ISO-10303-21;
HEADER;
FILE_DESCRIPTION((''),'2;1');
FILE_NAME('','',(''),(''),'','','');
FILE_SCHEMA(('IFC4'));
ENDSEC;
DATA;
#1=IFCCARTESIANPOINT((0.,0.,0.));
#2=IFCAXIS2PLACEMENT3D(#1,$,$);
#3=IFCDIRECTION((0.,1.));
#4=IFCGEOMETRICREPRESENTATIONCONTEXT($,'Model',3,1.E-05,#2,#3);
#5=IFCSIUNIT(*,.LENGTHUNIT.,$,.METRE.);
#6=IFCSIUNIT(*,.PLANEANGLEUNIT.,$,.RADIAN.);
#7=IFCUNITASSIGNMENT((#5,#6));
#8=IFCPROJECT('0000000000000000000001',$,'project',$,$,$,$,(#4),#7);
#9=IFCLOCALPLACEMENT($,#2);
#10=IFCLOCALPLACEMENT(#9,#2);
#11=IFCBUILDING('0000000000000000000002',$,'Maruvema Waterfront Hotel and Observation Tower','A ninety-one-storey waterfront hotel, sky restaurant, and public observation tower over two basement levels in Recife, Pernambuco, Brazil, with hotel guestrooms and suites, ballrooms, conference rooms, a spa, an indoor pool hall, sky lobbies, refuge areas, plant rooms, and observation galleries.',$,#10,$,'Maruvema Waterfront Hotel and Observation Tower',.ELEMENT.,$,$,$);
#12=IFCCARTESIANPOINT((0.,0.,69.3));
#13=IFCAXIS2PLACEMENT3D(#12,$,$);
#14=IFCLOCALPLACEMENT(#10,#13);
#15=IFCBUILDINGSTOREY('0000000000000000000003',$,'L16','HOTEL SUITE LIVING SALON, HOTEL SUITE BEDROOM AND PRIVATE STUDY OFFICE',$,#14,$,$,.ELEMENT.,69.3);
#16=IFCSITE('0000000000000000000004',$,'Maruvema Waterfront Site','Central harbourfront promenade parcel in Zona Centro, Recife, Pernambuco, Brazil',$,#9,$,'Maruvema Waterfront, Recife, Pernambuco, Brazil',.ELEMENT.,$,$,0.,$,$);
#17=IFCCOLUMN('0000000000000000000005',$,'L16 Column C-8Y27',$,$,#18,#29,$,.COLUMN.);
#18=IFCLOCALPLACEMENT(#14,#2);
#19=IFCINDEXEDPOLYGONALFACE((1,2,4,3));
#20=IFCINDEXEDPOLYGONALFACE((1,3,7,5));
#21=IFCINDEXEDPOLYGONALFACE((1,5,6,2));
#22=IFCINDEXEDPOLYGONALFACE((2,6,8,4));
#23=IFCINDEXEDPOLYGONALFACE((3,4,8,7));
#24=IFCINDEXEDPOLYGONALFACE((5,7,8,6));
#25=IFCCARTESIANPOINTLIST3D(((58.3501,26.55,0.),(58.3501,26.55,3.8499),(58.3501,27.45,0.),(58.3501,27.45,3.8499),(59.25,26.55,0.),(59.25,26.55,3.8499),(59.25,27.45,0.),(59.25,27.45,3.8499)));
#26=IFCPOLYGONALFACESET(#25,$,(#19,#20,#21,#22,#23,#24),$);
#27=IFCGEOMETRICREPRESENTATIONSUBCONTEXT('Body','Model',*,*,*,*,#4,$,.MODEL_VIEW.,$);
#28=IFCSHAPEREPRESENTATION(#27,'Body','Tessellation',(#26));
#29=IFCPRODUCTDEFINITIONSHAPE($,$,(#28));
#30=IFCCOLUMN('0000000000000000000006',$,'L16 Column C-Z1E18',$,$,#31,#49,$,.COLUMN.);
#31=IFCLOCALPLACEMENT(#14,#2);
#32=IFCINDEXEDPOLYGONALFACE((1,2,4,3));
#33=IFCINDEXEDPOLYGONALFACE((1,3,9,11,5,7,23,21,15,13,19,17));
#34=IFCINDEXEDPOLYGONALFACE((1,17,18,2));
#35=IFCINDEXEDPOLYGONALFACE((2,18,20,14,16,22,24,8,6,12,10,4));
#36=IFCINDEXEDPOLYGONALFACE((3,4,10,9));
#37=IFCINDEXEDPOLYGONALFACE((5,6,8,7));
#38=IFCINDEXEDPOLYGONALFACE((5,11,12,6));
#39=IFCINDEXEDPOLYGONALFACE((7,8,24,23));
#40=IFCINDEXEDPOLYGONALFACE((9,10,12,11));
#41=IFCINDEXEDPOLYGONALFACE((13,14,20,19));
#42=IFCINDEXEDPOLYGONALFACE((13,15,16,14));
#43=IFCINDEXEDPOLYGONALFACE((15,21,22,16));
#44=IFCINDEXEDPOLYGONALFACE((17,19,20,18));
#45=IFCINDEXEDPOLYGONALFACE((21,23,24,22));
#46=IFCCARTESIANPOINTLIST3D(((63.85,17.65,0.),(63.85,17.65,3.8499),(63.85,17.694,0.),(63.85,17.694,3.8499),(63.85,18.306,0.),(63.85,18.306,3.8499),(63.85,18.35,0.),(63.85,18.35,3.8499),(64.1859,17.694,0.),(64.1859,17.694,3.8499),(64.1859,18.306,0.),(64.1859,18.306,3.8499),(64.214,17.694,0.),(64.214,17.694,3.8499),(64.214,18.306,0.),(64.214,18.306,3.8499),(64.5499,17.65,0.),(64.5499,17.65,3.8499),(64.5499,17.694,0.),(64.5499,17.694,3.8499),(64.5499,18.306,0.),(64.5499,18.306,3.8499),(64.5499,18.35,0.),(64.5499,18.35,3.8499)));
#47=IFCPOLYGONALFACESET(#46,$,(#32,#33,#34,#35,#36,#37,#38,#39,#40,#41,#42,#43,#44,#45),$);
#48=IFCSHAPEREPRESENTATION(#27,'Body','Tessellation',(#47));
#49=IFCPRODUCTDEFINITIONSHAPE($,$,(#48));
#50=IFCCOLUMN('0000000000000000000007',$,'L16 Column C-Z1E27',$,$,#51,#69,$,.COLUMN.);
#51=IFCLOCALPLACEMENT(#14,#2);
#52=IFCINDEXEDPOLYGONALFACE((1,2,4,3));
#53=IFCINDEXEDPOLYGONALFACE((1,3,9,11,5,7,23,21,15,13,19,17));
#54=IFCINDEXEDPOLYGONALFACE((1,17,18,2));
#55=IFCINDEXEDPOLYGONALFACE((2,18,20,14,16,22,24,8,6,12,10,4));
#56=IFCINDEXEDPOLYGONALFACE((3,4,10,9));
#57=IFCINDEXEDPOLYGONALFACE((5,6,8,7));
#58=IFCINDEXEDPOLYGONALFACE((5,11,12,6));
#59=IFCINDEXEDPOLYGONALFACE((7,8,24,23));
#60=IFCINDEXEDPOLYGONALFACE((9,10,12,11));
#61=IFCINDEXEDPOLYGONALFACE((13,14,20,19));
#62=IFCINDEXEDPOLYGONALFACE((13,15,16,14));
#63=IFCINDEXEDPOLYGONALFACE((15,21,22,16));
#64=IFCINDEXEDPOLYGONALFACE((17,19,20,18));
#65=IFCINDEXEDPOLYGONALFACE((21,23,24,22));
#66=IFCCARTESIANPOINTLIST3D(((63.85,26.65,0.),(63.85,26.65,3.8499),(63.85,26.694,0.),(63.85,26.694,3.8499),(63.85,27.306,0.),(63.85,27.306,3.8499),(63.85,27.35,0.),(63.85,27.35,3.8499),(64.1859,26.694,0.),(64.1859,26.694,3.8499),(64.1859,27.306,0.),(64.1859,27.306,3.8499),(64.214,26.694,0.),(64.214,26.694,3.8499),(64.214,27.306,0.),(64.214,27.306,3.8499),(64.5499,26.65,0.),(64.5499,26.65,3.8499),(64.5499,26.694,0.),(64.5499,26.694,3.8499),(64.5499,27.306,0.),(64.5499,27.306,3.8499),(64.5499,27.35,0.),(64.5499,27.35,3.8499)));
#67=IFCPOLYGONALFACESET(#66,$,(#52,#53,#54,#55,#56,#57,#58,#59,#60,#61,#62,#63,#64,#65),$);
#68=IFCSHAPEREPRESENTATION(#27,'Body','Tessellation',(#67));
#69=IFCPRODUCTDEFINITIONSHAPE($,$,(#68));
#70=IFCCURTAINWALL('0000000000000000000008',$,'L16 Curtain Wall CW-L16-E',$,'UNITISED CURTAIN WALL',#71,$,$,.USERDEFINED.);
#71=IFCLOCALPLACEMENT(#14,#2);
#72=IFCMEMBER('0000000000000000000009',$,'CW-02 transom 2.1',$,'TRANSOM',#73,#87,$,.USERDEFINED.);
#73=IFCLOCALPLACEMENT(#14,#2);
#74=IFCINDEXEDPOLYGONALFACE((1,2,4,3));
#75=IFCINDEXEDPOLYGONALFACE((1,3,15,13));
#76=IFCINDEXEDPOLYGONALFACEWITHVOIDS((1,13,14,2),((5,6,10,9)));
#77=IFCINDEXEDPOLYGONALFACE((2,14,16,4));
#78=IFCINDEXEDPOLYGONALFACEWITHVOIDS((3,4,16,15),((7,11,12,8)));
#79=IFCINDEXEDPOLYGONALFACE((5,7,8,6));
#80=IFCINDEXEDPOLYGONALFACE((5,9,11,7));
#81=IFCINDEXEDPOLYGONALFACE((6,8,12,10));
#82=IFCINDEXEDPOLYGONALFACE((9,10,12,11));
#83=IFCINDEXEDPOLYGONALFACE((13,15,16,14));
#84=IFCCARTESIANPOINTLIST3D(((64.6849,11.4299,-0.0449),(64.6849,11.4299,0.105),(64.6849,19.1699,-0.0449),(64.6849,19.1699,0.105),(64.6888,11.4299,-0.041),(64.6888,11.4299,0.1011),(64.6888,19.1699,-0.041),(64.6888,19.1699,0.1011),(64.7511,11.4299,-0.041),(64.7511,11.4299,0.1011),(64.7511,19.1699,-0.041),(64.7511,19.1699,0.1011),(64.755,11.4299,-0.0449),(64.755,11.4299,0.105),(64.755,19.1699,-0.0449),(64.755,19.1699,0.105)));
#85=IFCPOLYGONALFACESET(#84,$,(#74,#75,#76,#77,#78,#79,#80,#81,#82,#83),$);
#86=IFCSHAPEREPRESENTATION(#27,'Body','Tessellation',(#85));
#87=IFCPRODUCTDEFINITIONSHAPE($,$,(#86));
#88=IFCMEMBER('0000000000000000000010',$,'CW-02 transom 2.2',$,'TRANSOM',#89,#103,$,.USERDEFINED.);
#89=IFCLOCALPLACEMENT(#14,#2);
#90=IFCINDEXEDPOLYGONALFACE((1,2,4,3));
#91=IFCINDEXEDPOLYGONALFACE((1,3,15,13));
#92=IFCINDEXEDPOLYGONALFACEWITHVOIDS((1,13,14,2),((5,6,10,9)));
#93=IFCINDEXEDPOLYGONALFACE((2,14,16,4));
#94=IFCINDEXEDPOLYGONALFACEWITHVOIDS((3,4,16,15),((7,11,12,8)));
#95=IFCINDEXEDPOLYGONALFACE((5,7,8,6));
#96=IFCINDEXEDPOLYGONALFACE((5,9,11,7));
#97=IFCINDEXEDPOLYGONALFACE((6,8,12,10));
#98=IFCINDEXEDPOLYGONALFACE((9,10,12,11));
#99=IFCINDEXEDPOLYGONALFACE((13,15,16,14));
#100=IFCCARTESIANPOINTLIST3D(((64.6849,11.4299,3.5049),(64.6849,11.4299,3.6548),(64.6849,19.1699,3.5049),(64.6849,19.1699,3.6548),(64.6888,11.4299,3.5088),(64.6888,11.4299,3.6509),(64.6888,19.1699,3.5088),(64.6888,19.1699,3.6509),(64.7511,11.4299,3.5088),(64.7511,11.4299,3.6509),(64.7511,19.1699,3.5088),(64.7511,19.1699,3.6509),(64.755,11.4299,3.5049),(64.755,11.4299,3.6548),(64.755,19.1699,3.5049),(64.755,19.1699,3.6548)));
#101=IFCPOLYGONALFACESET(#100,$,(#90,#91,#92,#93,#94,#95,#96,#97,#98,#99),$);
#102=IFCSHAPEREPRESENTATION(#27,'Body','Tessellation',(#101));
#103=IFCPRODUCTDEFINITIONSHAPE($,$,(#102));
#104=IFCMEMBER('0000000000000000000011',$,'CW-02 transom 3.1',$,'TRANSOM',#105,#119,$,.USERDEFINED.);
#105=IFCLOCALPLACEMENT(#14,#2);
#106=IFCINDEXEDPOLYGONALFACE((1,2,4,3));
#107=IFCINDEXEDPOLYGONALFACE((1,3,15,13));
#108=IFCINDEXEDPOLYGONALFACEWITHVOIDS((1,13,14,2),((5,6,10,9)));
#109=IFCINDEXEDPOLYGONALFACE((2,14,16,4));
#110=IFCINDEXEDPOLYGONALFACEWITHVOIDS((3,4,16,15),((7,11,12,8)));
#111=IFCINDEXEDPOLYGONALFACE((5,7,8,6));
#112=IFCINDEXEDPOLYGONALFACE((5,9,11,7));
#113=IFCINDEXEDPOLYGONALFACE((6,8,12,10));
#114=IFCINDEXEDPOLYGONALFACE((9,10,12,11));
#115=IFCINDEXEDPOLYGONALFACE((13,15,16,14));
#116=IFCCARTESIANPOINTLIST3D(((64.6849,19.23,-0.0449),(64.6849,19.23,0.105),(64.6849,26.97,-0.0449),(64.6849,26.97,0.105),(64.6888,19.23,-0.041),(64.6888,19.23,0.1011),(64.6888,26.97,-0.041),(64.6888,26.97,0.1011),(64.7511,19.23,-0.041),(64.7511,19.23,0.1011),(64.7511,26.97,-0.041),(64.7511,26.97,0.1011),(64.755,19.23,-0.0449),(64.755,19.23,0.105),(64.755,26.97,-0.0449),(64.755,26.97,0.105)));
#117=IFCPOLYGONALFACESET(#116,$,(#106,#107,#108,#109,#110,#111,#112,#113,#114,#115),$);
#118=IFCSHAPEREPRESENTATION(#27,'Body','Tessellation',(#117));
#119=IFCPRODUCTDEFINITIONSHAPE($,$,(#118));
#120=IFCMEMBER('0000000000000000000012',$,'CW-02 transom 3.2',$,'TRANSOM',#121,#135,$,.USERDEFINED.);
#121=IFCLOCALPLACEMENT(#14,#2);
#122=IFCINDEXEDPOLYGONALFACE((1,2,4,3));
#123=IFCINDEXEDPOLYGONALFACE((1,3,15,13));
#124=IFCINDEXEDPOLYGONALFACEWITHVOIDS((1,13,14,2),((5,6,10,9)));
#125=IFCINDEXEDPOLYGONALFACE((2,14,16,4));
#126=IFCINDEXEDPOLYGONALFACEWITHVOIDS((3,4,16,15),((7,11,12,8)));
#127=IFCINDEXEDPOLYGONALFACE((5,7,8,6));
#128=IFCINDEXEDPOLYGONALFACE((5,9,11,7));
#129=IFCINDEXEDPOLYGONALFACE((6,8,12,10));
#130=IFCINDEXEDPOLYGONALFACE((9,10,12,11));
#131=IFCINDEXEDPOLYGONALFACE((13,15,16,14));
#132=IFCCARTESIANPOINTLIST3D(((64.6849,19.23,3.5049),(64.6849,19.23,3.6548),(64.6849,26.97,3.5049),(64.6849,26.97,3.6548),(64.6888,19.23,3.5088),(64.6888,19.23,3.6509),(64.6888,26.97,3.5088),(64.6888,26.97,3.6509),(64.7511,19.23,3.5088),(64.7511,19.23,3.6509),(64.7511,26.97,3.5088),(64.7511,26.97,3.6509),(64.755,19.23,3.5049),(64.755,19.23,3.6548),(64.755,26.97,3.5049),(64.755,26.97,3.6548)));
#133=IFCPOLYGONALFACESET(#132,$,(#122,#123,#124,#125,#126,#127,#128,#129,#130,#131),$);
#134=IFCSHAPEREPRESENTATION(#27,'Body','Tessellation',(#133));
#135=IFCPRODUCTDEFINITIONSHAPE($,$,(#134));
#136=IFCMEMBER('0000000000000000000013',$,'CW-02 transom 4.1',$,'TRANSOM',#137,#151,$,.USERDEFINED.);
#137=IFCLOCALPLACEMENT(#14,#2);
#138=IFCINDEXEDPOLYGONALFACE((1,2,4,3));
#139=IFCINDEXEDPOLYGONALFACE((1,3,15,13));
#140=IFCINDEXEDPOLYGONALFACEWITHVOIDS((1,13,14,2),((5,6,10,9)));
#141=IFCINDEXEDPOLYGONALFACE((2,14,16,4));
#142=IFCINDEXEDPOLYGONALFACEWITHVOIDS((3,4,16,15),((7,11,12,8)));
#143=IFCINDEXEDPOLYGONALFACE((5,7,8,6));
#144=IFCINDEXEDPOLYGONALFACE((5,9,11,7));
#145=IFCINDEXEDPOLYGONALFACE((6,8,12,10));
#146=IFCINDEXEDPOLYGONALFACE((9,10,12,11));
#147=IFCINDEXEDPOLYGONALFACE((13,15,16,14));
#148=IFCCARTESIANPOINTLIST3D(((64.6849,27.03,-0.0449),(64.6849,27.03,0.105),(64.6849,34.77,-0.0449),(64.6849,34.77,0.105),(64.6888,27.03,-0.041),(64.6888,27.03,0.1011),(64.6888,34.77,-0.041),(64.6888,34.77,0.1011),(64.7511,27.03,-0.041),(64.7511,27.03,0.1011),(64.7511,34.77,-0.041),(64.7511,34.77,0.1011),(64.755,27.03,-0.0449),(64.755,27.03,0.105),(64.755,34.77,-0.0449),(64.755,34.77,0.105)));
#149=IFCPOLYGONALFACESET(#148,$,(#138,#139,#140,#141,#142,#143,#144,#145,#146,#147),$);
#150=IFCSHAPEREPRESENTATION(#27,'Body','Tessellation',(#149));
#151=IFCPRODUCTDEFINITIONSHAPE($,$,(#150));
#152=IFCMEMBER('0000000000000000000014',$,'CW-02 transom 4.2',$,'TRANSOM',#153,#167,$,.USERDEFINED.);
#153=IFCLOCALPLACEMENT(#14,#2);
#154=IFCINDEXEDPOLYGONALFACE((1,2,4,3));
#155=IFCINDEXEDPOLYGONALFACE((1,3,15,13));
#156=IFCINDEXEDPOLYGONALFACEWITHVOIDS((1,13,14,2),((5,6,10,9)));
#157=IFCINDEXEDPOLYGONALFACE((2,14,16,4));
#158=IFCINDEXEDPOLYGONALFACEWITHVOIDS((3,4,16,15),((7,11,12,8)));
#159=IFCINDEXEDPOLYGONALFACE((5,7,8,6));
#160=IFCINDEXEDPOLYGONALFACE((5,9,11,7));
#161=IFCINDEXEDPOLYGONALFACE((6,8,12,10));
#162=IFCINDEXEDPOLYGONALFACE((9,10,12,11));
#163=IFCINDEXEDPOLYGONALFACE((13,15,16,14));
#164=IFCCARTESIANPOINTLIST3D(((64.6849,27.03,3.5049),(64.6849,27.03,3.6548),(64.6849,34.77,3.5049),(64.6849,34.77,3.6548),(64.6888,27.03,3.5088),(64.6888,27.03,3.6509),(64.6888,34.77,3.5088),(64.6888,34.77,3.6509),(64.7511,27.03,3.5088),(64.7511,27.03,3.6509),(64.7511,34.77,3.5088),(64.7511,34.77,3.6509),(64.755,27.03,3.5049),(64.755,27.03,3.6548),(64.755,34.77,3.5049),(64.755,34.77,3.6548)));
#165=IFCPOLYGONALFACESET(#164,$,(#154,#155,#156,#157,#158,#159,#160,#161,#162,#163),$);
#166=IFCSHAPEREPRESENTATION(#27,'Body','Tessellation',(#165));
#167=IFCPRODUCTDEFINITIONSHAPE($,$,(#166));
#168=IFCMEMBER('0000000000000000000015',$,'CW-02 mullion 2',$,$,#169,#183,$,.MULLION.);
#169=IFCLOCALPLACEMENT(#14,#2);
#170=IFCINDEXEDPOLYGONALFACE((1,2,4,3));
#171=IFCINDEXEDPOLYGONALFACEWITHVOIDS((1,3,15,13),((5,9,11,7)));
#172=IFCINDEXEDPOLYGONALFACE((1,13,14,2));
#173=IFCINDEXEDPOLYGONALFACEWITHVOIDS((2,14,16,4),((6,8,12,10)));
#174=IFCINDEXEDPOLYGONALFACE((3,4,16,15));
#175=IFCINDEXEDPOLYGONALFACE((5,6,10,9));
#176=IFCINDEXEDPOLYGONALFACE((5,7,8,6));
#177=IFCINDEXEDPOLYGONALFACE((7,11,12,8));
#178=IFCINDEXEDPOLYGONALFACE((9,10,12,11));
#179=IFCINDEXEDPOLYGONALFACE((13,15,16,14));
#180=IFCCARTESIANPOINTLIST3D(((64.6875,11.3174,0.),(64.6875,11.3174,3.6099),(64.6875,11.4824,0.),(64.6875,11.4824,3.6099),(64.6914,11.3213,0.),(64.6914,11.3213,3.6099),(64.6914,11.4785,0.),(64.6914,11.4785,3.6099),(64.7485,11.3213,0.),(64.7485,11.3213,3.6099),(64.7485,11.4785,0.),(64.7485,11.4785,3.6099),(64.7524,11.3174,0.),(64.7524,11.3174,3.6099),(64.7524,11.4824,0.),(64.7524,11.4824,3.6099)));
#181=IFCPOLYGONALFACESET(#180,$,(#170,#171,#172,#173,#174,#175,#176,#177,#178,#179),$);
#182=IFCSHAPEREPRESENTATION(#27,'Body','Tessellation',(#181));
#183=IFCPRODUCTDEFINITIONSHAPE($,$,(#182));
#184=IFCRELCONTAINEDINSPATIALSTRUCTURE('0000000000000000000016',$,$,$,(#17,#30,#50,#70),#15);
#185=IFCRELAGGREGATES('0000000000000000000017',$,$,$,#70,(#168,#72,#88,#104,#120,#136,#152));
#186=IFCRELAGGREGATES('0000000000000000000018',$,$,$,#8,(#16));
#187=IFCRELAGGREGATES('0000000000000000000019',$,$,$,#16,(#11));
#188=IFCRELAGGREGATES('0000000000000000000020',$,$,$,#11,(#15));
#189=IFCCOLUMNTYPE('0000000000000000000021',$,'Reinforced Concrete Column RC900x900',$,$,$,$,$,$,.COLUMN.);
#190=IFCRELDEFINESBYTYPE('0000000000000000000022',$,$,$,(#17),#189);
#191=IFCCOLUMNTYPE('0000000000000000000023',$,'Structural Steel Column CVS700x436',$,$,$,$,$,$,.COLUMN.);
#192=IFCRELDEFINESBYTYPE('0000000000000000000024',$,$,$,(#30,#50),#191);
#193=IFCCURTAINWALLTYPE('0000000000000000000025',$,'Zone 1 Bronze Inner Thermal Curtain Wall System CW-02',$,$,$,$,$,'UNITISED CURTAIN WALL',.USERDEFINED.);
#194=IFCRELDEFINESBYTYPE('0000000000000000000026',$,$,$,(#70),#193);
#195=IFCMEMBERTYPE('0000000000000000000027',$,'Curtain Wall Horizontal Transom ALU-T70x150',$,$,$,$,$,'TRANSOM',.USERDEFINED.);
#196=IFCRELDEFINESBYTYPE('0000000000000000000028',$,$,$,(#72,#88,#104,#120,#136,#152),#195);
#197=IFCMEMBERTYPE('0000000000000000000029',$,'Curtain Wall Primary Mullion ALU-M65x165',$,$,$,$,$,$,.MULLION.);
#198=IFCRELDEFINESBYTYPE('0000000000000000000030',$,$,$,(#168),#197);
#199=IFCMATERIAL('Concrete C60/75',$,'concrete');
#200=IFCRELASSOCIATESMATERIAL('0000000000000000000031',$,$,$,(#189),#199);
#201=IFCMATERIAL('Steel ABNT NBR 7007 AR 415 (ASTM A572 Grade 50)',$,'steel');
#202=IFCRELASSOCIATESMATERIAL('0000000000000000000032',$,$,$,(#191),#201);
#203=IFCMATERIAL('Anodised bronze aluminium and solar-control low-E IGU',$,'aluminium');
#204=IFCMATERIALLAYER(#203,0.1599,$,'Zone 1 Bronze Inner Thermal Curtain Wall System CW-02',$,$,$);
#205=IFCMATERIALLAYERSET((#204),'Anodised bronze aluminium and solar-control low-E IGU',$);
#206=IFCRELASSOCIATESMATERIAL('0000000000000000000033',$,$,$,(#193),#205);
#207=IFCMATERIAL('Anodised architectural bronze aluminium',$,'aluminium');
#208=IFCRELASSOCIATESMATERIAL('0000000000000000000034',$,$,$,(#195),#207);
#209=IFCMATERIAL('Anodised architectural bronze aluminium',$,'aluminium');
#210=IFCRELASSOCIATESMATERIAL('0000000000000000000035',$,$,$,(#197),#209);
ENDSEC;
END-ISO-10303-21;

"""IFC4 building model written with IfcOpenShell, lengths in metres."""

from ifc_helpers import new_model, si_unit, direction, frame, origin, origin_2d, place, context, subcontext, project, spatial, rectangle, hollow_rectangle, i_section, extrude, material, layer, layer_set, material_profile, profile_set, type_object, element, aggregate, save


model = new_model("IFC4")

# Units and contexts
model_context = context("Model", 3, precision=1e-05, world=origin(), true_north=direction((0.0, 1.0)))
body_context = subcontext(model_context, "Body", "Model", "MODEL_VIEW")
ifc_project = project(units=[si_unit("LENGTHUNIT", "METRE"), si_unit("PLANEANGLEUNIT", "RADIAN")], contexts=[model_context])

# Site, building, storey
site_placement = place(None, origin())
site = spatial("IfcSite", under=ifc_project, at=site_placement, Name="Maruvema Waterfront Site", Description="Central harbourfront promenade parcel in Zona Centro, Recife, Pernambuco, Brazil", LongName="Maruvema Waterfront, Recife, Pernambuco, Brazil", CompositionType="ELEMENT", RefElevation=0.0)
building_placement = place(site_placement, origin())
building = spatial("IfcBuilding", under=site, at=building_placement, Name="Maruvema Waterfront Hotel and Observation Tower", Description="A ninety-one-storey waterfront hotel, sky restaurant, and public observation tower over two basement levels in Recife, Pernambuco, Brazil, with hotel guestrooms and suites, ballrooms, conference rooms, a spa, an indoor pool hall, sky lobbies, refuge areas, plant rooms, and observation galleries.", LongName="Maruvema Waterfront Hotel and Observation Tower", CompositionType="ELEMENT")
storey_placement = place(building_placement, frame((0.0, 0.0, 69.3)))
storey = spatial("IfcBuildingStorey", under=building, at=storey_placement, Name="L16", Description="HOTEL SUITE LIVING SALON, HOTEL SUITE BEDROOM AND PRIVATE STUDY OFFICE", CompositionType="ELEMENT", Elevation=69.3)

# Columns
ifc_material_1 = material(Name="Concrete C60/75", Category="concrete")
ifc_material_profile_1 = material_profile(ifc_material_1, rectangle(XDim=0.8999, YDim=0.8999, at=origin_2d()), Name="RC900x900")
ifc_profile_set_1 = profile_set([ifc_material_profile_1], Name="Concrete C60/75")
column_type_1 = type_object("IfcColumnType", Name="Reinforced Concrete Column RC900x900", PredefinedType="COLUMN", material=ifc_profile_set_1)
column_placement = place(storey_placement, frame((58.8, 27.0, 0.0), z_axis=(0.0, 0.0, 1.0), x_axis=(1.0, 0.0, 0.0)))
element("IfcColumn", 1, at=column_placement, inside=storey, type_object=column_type_1, Name="L16 Column C-8Y27", PredefinedType="COLUMN", context=body_context, shape_type="SweptSolid", body=[
    extrude(rectangle(XDim=0.8999, YDim=0.8999, at=origin_2d()), origin(), (0.0, 0.0, 1.0), 3.8499),
])
ifc_material_2 = material(Name="Steel ABNT NBR 7007 AR 415 (ASTM A572 Grade 50)", Category="steel")
ifc_material_profile_2 = material_profile(ifc_material_2, i_section(OverallWidth=0.7, OverallDepth=0.7, WebThickness=0.0281, FlangeThickness=0.0439, at=origin_2d()), Name="CVS700x436")
ifc_profile_set_2 = profile_set([ifc_material_profile_2], Name="Steel ABNT NBR 7007 AR 415 (ASTM A572 Grade 50)")
column_type_2 = type_object("IfcColumnType", Name="Structural Steel Column CVS700x436", PredefinedType="COLUMN", material=ifc_profile_set_2)
for number, where, z_axis, x_axis, name in (
    (2, (64.2, 18.0, 0.0), (0.0, 0.0, 1.0), (1.0, 0.0, 0.0), "L16 Column C-Z1E18"),
    (3, (64.2, 27.0, 0.0), (0.0, 0.0, 1.0), (1.0, 0.0, 0.0), "L16 Column C-Z1E27"),
):
    element("IfcColumn", number, at=place(storey_placement, frame(where, z_axis=z_axis, x_axis=x_axis)), inside=storey, type_object=column_type_2, Name=name, PredefinedType="COLUMN", context=body_context, shape_type="SweptSolid", body=[
        extrude(i_section(OverallWidth=0.7, OverallDepth=0.7, WebThickness=0.0281, FlangeThickness=0.0439, at=origin_2d()), origin(), (0.0, 0.0, 1.0), 3.8499),
    ])

# Curtain wall, members
ifc_material_3 = material(Name="Anodised bronze aluminium and solar-control low-E IGU", Category="aluminium")
ifc_layer_1 = layer(ifc_material_3, 0.1599, Name="Zone 1 Bronze Inner Thermal Curtain Wall System CW-02")
ifc_layer_set_1 = layer_set([ifc_layer_1], Name="Anodised bronze aluminium and solar-control low-E IGU")
curtain_wall_type = type_object("IfcCurtainWallType", Name="Zone 1 Bronze Inner Thermal Curtain Wall System CW-02", ElementType="UNITISED CURTAIN WALL", PredefinedType="USERDEFINED", material=ifc_layer_set_1)
curtain_wall_placement = place(storey_placement, origin())
curtain_wall = element("IfcCurtainWall", 4, at=curtain_wall_placement, inside=storey, type_object=curtain_wall_type, Name="L16 Curtain Wall CW-L16-E", ObjectType="UNITISED CURTAIN WALL", PredefinedType="USERDEFINED")
ifc_material_4 = material(Name="Anodised architectural bronze aluminium", Category="aluminium")
ifc_material_profile_3 = material_profile(ifc_material_4, hollow_rectangle(XDim=0.0701, YDim=0.1499, WallThickness=0.0039, at=origin_2d()), Name="ALU-T70x150")
ifc_profile_set_3 = profile_set([ifc_material_profile_3], Name="Anodised architectural bronze aluminium")
member_type_1 = type_object("IfcMemberType", Name="Curtain Wall Horizontal Transom ALU-T70x150", ElementType="TRANSOM", PredefinedType="USERDEFINED", material=ifc_profile_set_3)
member_1_placement = place(storey_placement, frame((64.72, 11.4299, 0.03), z_axis=(0.0, 1.0, 0.0), x_axis=(-1.0, 0.0, 0.0)))
member_1 = element("IfcMember", 5, at=member_1_placement, type_object=member_type_1, Name="CW-02 transom 2.1", ObjectType="TRANSOM", PredefinedType="USERDEFINED", context=body_context, shape_type="SweptSolid", body=[
    extrude(hollow_rectangle(XDim=0.0701, YDim=0.1499, WallThickness=0.0039, at=origin_2d()), origin(), (0.0, 0.0, 1.0), 7.74),
])
member_2_placement = place(storey_placement, frame((64.72, 11.4299, 3.5798), z_axis=(0.0, 1.0, 0.0), x_axis=(-1.0, 0.0, 0.0)))
member_2 = element("IfcMember", 6, at=member_2_placement, type_object=member_type_1, Name="CW-02 transom 2.2", ObjectType="TRANSOM", PredefinedType="USERDEFINED", context=body_context, shape_type="SweptSolid", body=[
    extrude(hollow_rectangle(XDim=0.0701, YDim=0.1499, WallThickness=0.0039, at=origin_2d()), origin(), (0.0, 0.0, 1.0), 7.74),
])
member_3_placement = place(storey_placement, frame((64.72, 19.23, 0.03), z_axis=(0.0, 1.0, 0.0), x_axis=(-1.0, 0.0, 0.0)))
member_3 = element("IfcMember", 7, at=member_3_placement, type_object=member_type_1, Name="CW-02 transom 3.1", ObjectType="TRANSOM", PredefinedType="USERDEFINED", context=body_context, shape_type="SweptSolid", body=[
    extrude(hollow_rectangle(XDim=0.0701, YDim=0.1499, WallThickness=0.0039, at=origin_2d()), origin(), (0.0, 0.0, 1.0), 7.74),
])
member_4_placement = place(storey_placement, frame((64.72, 19.23, 3.5798), z_axis=(0.0, 1.0, 0.0), x_axis=(-1.0, 0.0, 0.0)))
member_4 = element("IfcMember", 8, at=member_4_placement, type_object=member_type_1, Name="CW-02 transom 3.2", ObjectType="TRANSOM", PredefinedType="USERDEFINED", context=body_context, shape_type="SweptSolid", body=[
    extrude(hollow_rectangle(XDim=0.0701, YDim=0.1499, WallThickness=0.0039, at=origin_2d()), origin(), (0.0, 0.0, 1.0), 7.74),
])
member_5_placement = place(storey_placement, frame((64.72, 27.03, 0.03), z_axis=(0.0, 1.0, 0.0), x_axis=(-1.0, 0.0, 0.0)))
member_5 = element("IfcMember", 9, at=member_5_placement, type_object=member_type_1, Name="CW-02 transom 4.1", ObjectType="TRANSOM", PredefinedType="USERDEFINED", context=body_context, shape_type="SweptSolid", body=[
    extrude(hollow_rectangle(XDim=0.0701, YDim=0.1499, WallThickness=0.0039, at=origin_2d()), origin(), (0.0, 0.0, 1.0), 7.74),
])
member_6_placement = place(storey_placement, frame((64.72, 27.03, 3.5798), z_axis=(0.0, 1.0, 0.0), x_axis=(-1.0, 0.0, 0.0)))
member_6 = element("IfcMember", 10, at=member_6_placement, type_object=member_type_1, Name="CW-02 transom 4.2", ObjectType="TRANSOM", PredefinedType="USERDEFINED", context=body_context, shape_type="SweptSolid", body=[
    extrude(hollow_rectangle(XDim=0.0701, YDim=0.1499, WallThickness=0.0039, at=origin_2d()), origin(), (0.0, 0.0, 1.0), 7.74),
])
ifc_material_5 = material(Name="Anodised architectural bronze aluminium", Category="aluminium")
ifc_material_profile_4 = material_profile(ifc_material_5, hollow_rectangle(XDim=0.0649, YDim=0.165, WallThickness=0.0039, at=origin_2d()), Name="ALU-M65x165")
ifc_profile_set_4 = profile_set([ifc_material_profile_4], Name="Anodised architectural bronze aluminium")
member_type_2 = type_object("IfcMemberType", Name="Curtain Wall Primary Mullion ALU-M65x165", PredefinedType="MULLION", material=ifc_profile_set_4)
member_7_placement = place(storey_placement, frame((64.72, 11.3999, 0.0), z_axis=(0.0, 0.0, 1.0), x_axis=(-1.0, 0.0, 0.0)))
member_7 = element("IfcMember", 11, at=member_7_placement, type_object=member_type_2, Name="CW-02 mullion 2", PredefinedType="MULLION", context=body_context, shape_type="SweptSolid", body=[
    extrude(hollow_rectangle(XDim=0.0649, YDim=0.165, WallThickness=0.0039, at=origin_2d()), origin(), (0.0, 0.0, 1.0), 3.6099),
])

aggregate(curtain_wall, [member_7, member_1, member_2, member_3, member_4, member_5, member_6])

save(model, "model.ifc")
